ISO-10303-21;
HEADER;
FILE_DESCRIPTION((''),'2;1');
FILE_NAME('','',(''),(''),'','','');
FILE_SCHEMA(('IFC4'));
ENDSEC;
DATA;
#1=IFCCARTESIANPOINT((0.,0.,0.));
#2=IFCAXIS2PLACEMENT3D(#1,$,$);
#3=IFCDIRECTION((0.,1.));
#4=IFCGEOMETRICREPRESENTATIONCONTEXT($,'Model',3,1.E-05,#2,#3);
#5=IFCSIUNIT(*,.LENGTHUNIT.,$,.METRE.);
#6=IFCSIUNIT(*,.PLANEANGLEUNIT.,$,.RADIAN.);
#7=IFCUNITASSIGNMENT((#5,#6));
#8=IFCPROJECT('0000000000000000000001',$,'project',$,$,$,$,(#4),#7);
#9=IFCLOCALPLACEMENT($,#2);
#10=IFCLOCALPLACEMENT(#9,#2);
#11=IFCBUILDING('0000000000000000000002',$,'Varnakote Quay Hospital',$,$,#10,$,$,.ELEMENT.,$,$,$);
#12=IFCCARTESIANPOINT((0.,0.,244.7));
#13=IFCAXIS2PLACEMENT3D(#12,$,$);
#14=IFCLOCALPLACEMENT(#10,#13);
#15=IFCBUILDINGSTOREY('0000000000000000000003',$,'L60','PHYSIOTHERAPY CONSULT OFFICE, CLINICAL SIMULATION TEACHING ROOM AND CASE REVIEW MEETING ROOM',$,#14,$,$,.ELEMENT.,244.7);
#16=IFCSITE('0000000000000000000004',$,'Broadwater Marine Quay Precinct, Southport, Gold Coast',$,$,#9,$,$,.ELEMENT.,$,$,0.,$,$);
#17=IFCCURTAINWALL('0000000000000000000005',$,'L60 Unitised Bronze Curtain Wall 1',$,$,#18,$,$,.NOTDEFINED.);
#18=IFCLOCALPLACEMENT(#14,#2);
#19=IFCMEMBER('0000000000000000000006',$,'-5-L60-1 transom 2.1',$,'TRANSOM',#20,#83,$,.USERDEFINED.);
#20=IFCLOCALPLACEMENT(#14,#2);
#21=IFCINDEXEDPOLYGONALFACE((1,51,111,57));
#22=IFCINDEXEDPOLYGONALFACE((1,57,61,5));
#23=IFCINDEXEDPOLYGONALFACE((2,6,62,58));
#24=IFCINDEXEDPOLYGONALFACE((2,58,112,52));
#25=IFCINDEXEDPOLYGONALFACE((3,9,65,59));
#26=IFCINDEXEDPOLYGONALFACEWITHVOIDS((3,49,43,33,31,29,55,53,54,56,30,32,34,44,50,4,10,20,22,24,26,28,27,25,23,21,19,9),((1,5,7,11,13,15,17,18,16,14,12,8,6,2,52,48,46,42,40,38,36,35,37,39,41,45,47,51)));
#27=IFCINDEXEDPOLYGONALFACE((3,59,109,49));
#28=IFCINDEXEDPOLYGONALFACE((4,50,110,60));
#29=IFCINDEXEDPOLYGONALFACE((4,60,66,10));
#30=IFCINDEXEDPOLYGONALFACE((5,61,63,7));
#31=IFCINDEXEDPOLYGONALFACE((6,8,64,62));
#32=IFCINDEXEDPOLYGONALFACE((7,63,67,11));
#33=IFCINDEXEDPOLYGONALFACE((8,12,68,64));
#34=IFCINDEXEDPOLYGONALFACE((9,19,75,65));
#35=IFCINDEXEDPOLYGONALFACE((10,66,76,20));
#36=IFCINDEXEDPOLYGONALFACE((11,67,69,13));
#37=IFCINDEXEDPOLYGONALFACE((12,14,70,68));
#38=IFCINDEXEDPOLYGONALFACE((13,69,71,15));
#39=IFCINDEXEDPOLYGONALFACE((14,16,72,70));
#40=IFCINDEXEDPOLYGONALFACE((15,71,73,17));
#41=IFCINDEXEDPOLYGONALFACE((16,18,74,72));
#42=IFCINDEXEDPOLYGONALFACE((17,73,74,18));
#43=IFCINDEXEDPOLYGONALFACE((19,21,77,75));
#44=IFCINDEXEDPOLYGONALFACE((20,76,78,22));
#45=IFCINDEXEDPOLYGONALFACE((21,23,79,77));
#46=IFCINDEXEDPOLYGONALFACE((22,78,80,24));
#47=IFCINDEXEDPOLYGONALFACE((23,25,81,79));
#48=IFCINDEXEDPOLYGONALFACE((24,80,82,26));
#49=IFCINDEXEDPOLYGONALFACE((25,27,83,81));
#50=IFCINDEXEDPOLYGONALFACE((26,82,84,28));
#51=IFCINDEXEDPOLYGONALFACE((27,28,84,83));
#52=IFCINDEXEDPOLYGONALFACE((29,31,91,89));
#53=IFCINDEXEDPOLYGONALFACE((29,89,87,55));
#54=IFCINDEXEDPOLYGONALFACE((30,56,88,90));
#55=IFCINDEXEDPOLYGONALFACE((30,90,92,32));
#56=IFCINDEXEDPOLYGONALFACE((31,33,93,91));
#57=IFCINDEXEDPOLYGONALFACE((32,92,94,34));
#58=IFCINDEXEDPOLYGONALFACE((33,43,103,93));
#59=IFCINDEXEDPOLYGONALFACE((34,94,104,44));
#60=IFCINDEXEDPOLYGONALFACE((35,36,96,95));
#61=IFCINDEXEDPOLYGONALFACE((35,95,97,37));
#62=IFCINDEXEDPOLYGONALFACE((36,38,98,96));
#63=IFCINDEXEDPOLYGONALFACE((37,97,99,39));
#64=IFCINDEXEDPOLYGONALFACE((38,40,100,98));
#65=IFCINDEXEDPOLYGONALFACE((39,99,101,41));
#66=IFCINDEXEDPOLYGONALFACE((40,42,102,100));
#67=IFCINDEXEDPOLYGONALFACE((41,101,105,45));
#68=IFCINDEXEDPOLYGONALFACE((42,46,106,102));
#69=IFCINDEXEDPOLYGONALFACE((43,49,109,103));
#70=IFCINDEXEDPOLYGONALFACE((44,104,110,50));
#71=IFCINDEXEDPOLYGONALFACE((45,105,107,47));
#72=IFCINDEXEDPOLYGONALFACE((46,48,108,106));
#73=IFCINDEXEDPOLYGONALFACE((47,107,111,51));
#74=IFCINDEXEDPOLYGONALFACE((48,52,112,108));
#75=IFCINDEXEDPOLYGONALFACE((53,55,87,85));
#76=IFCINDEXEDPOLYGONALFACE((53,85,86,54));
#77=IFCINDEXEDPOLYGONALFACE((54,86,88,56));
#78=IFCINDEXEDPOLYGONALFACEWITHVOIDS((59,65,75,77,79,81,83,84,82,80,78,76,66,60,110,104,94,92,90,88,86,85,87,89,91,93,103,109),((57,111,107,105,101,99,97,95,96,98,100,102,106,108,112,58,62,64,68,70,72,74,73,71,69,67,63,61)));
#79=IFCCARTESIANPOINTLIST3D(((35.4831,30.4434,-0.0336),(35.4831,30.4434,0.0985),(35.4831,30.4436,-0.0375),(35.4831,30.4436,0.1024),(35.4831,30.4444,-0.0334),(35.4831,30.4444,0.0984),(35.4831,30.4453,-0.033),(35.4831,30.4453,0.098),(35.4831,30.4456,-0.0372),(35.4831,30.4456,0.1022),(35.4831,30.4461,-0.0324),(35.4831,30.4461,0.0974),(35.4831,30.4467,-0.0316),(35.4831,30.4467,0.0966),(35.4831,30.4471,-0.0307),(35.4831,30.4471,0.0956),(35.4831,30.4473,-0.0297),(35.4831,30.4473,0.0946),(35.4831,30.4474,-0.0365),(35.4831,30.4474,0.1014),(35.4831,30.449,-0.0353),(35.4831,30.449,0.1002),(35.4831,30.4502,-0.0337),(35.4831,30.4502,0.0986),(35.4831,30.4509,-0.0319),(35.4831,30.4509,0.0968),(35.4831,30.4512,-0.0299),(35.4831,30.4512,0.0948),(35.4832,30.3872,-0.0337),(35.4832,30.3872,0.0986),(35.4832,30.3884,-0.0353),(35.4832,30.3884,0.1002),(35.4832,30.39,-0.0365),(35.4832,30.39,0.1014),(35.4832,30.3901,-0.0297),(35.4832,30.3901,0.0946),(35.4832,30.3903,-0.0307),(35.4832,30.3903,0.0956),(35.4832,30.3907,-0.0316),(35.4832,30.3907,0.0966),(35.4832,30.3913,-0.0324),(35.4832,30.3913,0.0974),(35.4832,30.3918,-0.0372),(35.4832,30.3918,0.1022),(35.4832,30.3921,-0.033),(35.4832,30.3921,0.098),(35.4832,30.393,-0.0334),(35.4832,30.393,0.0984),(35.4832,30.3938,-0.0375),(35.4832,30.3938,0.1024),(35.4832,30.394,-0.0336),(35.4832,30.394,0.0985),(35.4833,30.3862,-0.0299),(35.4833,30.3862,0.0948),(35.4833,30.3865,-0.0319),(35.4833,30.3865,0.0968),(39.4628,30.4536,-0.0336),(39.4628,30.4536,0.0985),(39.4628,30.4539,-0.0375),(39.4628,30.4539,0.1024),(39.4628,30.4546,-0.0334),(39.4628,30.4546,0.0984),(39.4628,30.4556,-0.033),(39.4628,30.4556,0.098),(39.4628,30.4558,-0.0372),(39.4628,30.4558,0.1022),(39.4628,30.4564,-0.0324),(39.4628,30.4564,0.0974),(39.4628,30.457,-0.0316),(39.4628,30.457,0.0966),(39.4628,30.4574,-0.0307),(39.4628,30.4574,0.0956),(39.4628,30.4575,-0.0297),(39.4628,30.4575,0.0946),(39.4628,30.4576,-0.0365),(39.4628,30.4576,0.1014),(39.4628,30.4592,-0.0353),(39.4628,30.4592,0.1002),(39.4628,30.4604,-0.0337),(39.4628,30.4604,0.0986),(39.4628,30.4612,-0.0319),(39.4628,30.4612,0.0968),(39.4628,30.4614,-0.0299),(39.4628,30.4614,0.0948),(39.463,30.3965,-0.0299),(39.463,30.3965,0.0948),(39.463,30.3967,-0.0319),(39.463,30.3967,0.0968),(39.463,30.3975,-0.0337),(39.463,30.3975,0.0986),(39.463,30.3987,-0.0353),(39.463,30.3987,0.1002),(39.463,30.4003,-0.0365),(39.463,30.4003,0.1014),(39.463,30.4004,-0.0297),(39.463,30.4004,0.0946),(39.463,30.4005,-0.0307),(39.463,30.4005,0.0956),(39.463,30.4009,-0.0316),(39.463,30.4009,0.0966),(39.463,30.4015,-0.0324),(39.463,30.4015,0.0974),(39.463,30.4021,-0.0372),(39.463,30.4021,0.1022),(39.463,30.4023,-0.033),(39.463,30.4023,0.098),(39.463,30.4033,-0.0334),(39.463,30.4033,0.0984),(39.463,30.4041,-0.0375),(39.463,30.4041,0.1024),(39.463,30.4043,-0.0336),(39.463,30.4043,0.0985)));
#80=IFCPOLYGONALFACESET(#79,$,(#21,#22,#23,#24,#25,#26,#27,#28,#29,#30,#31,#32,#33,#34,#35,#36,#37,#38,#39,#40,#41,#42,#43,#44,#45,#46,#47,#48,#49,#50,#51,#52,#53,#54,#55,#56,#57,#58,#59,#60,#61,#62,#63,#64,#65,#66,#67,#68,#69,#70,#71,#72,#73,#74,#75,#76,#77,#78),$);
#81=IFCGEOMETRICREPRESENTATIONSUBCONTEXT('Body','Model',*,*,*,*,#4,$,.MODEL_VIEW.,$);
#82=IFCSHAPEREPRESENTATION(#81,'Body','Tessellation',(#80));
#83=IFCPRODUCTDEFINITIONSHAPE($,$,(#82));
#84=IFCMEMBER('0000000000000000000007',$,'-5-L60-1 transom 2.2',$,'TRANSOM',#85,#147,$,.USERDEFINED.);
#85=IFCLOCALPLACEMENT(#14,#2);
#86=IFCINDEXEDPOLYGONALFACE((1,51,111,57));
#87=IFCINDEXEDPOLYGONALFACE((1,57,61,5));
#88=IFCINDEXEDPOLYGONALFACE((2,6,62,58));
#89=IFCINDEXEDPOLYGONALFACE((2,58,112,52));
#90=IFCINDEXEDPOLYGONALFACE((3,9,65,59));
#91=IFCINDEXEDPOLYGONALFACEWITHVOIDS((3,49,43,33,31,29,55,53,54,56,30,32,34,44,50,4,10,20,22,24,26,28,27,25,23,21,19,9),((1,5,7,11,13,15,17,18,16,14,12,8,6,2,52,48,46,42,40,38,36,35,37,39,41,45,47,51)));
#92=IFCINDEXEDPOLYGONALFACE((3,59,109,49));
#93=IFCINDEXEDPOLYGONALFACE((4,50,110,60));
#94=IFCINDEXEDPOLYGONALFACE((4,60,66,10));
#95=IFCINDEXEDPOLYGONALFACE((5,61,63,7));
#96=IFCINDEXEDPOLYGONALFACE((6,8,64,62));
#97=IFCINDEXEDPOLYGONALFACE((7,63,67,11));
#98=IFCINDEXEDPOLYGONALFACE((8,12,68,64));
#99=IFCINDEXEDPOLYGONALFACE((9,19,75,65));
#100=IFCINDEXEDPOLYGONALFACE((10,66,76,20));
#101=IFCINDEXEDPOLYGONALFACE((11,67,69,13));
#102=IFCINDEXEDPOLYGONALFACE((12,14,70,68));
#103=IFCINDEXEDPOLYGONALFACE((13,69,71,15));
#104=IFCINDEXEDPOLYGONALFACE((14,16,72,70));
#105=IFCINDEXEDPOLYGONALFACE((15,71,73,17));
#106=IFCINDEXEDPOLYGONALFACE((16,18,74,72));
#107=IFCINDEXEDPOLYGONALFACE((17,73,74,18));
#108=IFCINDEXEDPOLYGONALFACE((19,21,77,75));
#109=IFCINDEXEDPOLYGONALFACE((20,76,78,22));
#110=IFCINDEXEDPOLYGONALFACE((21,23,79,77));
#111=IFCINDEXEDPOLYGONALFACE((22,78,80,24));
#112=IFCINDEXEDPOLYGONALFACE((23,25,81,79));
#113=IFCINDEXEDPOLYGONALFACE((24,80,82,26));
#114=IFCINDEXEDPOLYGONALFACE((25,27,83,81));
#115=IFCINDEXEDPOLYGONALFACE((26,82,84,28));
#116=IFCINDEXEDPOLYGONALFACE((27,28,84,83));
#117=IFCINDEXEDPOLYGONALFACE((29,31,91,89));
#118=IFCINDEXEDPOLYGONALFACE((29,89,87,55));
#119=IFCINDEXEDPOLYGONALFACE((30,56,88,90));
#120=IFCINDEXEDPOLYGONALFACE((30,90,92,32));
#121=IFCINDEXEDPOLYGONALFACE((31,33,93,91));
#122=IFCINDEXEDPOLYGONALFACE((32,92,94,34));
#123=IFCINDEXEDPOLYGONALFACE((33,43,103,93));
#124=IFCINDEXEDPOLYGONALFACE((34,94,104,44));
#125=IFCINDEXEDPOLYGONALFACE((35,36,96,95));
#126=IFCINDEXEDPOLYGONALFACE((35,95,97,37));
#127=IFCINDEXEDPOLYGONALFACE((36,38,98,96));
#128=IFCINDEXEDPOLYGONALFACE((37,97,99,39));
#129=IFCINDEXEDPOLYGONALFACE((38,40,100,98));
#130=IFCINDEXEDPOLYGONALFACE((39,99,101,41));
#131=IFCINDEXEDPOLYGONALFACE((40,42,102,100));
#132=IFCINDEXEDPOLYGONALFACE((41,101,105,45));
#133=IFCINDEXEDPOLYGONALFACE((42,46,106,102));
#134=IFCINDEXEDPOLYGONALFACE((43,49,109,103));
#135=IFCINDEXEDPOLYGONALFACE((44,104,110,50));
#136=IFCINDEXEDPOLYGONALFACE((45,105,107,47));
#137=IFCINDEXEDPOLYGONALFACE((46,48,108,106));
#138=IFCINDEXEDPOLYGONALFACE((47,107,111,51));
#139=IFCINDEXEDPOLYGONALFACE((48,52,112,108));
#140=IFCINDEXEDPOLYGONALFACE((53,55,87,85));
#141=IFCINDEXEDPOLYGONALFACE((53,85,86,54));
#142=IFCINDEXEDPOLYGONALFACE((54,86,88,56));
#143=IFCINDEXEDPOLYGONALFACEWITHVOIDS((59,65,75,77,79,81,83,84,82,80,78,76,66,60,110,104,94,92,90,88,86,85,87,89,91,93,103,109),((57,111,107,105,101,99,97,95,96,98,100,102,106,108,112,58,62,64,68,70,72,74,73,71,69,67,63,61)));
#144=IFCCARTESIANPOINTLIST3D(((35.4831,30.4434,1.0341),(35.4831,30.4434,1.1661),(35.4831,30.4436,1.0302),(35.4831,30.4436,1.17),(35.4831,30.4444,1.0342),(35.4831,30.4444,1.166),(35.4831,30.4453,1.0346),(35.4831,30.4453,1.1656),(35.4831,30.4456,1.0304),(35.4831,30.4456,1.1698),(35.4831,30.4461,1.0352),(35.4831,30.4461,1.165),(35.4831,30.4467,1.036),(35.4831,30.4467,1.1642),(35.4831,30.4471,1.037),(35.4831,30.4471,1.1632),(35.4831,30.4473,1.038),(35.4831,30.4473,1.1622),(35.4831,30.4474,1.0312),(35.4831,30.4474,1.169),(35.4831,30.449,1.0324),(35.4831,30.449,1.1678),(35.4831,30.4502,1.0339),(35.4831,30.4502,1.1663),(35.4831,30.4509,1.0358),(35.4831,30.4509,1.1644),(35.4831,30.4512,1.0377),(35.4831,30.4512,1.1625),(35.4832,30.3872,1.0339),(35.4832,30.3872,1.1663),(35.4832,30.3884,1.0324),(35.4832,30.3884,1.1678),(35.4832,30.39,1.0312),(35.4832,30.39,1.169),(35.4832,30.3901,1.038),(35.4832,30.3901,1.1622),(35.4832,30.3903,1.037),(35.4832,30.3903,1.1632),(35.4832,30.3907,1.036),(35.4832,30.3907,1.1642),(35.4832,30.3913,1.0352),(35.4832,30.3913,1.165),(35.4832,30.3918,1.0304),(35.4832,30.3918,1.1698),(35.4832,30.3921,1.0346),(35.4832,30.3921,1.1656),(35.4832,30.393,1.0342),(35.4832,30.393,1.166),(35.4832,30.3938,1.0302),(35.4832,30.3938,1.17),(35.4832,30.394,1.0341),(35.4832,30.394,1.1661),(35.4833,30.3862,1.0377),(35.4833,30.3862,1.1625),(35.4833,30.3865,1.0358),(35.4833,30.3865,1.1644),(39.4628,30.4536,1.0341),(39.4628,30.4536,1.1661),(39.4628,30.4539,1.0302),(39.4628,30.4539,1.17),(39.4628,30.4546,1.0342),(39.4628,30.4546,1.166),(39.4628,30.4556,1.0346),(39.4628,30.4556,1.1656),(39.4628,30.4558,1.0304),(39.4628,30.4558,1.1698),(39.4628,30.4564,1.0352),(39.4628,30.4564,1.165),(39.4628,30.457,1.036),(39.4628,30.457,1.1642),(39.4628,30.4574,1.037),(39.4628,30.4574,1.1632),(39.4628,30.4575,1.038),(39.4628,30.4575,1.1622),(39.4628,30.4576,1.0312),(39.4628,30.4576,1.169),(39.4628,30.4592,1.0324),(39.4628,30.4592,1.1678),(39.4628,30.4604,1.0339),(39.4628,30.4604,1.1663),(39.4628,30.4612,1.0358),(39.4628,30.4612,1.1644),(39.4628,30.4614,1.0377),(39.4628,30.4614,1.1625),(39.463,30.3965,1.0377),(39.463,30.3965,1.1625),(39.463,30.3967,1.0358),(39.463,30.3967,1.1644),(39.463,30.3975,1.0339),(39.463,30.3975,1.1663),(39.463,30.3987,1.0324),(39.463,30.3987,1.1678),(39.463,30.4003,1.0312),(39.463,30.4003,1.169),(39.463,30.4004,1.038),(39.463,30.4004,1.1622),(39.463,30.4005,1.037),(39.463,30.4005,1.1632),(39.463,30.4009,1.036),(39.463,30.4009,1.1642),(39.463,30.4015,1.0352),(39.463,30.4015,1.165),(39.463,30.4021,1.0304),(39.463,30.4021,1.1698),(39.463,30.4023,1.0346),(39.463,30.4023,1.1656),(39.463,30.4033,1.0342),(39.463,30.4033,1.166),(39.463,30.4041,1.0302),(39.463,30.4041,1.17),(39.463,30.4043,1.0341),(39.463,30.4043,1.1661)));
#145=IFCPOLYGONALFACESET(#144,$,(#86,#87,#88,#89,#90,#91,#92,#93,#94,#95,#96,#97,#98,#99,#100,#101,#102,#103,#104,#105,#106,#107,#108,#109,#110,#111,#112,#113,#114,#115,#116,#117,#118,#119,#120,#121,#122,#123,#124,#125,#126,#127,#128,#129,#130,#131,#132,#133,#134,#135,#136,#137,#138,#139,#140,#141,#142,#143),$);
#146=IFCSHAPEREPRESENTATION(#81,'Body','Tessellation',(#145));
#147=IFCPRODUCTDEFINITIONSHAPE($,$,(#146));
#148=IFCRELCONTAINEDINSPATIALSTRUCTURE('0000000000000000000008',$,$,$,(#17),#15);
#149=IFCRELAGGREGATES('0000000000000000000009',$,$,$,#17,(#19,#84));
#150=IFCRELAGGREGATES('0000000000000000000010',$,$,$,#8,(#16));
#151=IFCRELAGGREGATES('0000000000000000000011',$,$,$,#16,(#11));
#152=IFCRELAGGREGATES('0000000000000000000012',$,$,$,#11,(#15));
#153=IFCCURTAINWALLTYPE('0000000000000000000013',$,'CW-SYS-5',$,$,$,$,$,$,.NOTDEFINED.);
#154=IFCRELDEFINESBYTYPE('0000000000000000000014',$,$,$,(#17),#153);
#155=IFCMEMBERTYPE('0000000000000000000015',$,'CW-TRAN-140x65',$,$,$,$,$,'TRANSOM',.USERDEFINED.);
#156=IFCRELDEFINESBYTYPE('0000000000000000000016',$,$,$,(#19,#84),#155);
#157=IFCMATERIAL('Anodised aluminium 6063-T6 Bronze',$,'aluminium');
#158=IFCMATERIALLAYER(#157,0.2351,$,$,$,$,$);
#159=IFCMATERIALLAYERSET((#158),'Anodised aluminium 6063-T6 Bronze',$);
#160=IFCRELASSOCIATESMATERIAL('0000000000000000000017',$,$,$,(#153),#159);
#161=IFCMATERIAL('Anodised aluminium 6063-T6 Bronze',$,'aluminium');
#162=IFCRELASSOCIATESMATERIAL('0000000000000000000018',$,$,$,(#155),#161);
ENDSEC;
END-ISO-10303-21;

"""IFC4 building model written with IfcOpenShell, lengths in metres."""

from ifc_helpers import new_model, si_unit, direction, frame, origin, origin_2d, place, context, subcontext, project, spatial, hollow_rectangle, extrude, material, layer, layer_set, material_profile, profile_set, type_object, element, aggregate, save


model = new_model("IFC4")

# Units and contexts
model_context = context("Model", 3, precision=1e-05, world=origin(), true_north=direction((0.0, 1.0)))
body_context = subcontext(model_context, "Body", "Model", "MODEL_VIEW")
ifc_project = project(units=[si_unit("LENGTHUNIT", "METRE"), si_unit("PLANEANGLEUNIT", "RADIAN")], contexts=[model_context])

# Site, building, storey
site_placement = place(None, origin())
site = spatial("IfcSite", under=ifc_project, at=site_placement, Name="Broadwater Marine Quay Precinct, Southport, Gold Coast", CompositionType="ELEMENT", RefElevation=0.0)
building_placement = place(site_placement, origin())
building = spatial("IfcBuilding", under=site, at=building_placement, Name="Varnakote Quay Hospital", CompositionType="ELEMENT")
storey_placement = place(building_placement, frame((0.0, 0.0, 244.7)))
storey = spatial("IfcBuildingStorey", under=building, at=storey_placement, Name="L60", Description="PHYSIOTHERAPY CONSULT OFFICE, CLINICAL SIMULATION TEACHING ROOM AND CASE REVIEW MEETING ROOM", CompositionType="ELEMENT", Elevation=244.7)

# Curtain wall, members
ifc_material_1 = material(Name="Anodised aluminium 6063-T6 Bronze", Category="aluminium")
ifc_layer_1 = layer(ifc_material_1, 0.2351)
ifc_layer_set_1 = layer_set([ifc_layer_1], Name="Anodised aluminium 6063-T6 Bronze")
curtain_wall_type = type_object("IfcCurtainWallType", Name="CW-SYS-5", PredefinedType="NOTDEFINED", material=ifc_layer_set_1)
curtain_wall_placement = place(storey_placement, origin())
curtain_wall = element("IfcCurtainWall", 1, at=curtain_wall_placement, inside=storey, type_object=curtain_wall_type, Name="L60 Unitised Bronze Curtain Wall 1", PredefinedType="NOTDEFINED")
ifc_material_2 = material(Name="Anodised aluminium 6063-T6 Bronze", Category="aluminium")
ifc_material_profile_1 = material_profile(ifc_material_2, hollow_rectangle(XDim=0.0649, YDim=0.1399, WallThickness=0.0039, InnerFilletRadius=0.0039, OuterFilletRadius=0.0076, at=origin_2d()), Name="CW-TRAN-140x65")
ifc_profile_set_1 = profile_set([ifc_material_profile_1], Name="Anodised aluminium 6063-T6 Bronze")
member_type_1 = type_object("IfcMemberType", Name="CW-TRAN-140x65", ElementType="TRANSOM", PredefinedType="USERDEFINED", material=ifc_profile_set_1)
member_1_placement = place(storey_placement, frame((39.4629, 30.429, 0.0325), z_axis=(-0.999997, -0.002577, 0.0), x_axis=(0.002577, -0.999997, 0.0)))
member_1 = element("IfcMember", 2, at=member_1_placement, type_object=member_type_1, Name="-5-L60-1 transom 2.1", ObjectType="TRANSOM", PredefinedType="USERDEFINED", context=body_context, shape_type="SweptSolid", body=[
    extrude(hollow_rectangle(XDim=0.0649, YDim=0.1399, WallThickness=0.0039, InnerFilletRadius=0.0039, OuterFilletRadius=0.0076, at=origin_2d()), origin(), (0.0, 0.0, 1.0), 3.9797),
])
member_2_placement = place(storey_placement, frame((39.4629, 30.429, 1.1001), z_axis=(-0.999997, -0.002577, 0.0), x_axis=(0.002577, -0.999997, 0.0)))
member_2 = element("IfcMember", 3, at=member_2_placement, type_object=member_type_1, Name="-5-L60-1 transom 2.2", ObjectType="TRANSOM", PredefinedType="USERDEFINED", context=body_context, shape_type="SweptSolid", body=[
    extrude(hollow_rectangle(XDim=0.0649, YDim=0.1399, WallThickness=0.0039, InnerFilletRadius=0.0039, OuterFilletRadius=0.0076, at=origin_2d()), origin(), (0.0, 0.0, 1.0), 3.9797),
])

aggregate(curtain_wall, [member_1, member_2])

save(model, "model.ifc")
